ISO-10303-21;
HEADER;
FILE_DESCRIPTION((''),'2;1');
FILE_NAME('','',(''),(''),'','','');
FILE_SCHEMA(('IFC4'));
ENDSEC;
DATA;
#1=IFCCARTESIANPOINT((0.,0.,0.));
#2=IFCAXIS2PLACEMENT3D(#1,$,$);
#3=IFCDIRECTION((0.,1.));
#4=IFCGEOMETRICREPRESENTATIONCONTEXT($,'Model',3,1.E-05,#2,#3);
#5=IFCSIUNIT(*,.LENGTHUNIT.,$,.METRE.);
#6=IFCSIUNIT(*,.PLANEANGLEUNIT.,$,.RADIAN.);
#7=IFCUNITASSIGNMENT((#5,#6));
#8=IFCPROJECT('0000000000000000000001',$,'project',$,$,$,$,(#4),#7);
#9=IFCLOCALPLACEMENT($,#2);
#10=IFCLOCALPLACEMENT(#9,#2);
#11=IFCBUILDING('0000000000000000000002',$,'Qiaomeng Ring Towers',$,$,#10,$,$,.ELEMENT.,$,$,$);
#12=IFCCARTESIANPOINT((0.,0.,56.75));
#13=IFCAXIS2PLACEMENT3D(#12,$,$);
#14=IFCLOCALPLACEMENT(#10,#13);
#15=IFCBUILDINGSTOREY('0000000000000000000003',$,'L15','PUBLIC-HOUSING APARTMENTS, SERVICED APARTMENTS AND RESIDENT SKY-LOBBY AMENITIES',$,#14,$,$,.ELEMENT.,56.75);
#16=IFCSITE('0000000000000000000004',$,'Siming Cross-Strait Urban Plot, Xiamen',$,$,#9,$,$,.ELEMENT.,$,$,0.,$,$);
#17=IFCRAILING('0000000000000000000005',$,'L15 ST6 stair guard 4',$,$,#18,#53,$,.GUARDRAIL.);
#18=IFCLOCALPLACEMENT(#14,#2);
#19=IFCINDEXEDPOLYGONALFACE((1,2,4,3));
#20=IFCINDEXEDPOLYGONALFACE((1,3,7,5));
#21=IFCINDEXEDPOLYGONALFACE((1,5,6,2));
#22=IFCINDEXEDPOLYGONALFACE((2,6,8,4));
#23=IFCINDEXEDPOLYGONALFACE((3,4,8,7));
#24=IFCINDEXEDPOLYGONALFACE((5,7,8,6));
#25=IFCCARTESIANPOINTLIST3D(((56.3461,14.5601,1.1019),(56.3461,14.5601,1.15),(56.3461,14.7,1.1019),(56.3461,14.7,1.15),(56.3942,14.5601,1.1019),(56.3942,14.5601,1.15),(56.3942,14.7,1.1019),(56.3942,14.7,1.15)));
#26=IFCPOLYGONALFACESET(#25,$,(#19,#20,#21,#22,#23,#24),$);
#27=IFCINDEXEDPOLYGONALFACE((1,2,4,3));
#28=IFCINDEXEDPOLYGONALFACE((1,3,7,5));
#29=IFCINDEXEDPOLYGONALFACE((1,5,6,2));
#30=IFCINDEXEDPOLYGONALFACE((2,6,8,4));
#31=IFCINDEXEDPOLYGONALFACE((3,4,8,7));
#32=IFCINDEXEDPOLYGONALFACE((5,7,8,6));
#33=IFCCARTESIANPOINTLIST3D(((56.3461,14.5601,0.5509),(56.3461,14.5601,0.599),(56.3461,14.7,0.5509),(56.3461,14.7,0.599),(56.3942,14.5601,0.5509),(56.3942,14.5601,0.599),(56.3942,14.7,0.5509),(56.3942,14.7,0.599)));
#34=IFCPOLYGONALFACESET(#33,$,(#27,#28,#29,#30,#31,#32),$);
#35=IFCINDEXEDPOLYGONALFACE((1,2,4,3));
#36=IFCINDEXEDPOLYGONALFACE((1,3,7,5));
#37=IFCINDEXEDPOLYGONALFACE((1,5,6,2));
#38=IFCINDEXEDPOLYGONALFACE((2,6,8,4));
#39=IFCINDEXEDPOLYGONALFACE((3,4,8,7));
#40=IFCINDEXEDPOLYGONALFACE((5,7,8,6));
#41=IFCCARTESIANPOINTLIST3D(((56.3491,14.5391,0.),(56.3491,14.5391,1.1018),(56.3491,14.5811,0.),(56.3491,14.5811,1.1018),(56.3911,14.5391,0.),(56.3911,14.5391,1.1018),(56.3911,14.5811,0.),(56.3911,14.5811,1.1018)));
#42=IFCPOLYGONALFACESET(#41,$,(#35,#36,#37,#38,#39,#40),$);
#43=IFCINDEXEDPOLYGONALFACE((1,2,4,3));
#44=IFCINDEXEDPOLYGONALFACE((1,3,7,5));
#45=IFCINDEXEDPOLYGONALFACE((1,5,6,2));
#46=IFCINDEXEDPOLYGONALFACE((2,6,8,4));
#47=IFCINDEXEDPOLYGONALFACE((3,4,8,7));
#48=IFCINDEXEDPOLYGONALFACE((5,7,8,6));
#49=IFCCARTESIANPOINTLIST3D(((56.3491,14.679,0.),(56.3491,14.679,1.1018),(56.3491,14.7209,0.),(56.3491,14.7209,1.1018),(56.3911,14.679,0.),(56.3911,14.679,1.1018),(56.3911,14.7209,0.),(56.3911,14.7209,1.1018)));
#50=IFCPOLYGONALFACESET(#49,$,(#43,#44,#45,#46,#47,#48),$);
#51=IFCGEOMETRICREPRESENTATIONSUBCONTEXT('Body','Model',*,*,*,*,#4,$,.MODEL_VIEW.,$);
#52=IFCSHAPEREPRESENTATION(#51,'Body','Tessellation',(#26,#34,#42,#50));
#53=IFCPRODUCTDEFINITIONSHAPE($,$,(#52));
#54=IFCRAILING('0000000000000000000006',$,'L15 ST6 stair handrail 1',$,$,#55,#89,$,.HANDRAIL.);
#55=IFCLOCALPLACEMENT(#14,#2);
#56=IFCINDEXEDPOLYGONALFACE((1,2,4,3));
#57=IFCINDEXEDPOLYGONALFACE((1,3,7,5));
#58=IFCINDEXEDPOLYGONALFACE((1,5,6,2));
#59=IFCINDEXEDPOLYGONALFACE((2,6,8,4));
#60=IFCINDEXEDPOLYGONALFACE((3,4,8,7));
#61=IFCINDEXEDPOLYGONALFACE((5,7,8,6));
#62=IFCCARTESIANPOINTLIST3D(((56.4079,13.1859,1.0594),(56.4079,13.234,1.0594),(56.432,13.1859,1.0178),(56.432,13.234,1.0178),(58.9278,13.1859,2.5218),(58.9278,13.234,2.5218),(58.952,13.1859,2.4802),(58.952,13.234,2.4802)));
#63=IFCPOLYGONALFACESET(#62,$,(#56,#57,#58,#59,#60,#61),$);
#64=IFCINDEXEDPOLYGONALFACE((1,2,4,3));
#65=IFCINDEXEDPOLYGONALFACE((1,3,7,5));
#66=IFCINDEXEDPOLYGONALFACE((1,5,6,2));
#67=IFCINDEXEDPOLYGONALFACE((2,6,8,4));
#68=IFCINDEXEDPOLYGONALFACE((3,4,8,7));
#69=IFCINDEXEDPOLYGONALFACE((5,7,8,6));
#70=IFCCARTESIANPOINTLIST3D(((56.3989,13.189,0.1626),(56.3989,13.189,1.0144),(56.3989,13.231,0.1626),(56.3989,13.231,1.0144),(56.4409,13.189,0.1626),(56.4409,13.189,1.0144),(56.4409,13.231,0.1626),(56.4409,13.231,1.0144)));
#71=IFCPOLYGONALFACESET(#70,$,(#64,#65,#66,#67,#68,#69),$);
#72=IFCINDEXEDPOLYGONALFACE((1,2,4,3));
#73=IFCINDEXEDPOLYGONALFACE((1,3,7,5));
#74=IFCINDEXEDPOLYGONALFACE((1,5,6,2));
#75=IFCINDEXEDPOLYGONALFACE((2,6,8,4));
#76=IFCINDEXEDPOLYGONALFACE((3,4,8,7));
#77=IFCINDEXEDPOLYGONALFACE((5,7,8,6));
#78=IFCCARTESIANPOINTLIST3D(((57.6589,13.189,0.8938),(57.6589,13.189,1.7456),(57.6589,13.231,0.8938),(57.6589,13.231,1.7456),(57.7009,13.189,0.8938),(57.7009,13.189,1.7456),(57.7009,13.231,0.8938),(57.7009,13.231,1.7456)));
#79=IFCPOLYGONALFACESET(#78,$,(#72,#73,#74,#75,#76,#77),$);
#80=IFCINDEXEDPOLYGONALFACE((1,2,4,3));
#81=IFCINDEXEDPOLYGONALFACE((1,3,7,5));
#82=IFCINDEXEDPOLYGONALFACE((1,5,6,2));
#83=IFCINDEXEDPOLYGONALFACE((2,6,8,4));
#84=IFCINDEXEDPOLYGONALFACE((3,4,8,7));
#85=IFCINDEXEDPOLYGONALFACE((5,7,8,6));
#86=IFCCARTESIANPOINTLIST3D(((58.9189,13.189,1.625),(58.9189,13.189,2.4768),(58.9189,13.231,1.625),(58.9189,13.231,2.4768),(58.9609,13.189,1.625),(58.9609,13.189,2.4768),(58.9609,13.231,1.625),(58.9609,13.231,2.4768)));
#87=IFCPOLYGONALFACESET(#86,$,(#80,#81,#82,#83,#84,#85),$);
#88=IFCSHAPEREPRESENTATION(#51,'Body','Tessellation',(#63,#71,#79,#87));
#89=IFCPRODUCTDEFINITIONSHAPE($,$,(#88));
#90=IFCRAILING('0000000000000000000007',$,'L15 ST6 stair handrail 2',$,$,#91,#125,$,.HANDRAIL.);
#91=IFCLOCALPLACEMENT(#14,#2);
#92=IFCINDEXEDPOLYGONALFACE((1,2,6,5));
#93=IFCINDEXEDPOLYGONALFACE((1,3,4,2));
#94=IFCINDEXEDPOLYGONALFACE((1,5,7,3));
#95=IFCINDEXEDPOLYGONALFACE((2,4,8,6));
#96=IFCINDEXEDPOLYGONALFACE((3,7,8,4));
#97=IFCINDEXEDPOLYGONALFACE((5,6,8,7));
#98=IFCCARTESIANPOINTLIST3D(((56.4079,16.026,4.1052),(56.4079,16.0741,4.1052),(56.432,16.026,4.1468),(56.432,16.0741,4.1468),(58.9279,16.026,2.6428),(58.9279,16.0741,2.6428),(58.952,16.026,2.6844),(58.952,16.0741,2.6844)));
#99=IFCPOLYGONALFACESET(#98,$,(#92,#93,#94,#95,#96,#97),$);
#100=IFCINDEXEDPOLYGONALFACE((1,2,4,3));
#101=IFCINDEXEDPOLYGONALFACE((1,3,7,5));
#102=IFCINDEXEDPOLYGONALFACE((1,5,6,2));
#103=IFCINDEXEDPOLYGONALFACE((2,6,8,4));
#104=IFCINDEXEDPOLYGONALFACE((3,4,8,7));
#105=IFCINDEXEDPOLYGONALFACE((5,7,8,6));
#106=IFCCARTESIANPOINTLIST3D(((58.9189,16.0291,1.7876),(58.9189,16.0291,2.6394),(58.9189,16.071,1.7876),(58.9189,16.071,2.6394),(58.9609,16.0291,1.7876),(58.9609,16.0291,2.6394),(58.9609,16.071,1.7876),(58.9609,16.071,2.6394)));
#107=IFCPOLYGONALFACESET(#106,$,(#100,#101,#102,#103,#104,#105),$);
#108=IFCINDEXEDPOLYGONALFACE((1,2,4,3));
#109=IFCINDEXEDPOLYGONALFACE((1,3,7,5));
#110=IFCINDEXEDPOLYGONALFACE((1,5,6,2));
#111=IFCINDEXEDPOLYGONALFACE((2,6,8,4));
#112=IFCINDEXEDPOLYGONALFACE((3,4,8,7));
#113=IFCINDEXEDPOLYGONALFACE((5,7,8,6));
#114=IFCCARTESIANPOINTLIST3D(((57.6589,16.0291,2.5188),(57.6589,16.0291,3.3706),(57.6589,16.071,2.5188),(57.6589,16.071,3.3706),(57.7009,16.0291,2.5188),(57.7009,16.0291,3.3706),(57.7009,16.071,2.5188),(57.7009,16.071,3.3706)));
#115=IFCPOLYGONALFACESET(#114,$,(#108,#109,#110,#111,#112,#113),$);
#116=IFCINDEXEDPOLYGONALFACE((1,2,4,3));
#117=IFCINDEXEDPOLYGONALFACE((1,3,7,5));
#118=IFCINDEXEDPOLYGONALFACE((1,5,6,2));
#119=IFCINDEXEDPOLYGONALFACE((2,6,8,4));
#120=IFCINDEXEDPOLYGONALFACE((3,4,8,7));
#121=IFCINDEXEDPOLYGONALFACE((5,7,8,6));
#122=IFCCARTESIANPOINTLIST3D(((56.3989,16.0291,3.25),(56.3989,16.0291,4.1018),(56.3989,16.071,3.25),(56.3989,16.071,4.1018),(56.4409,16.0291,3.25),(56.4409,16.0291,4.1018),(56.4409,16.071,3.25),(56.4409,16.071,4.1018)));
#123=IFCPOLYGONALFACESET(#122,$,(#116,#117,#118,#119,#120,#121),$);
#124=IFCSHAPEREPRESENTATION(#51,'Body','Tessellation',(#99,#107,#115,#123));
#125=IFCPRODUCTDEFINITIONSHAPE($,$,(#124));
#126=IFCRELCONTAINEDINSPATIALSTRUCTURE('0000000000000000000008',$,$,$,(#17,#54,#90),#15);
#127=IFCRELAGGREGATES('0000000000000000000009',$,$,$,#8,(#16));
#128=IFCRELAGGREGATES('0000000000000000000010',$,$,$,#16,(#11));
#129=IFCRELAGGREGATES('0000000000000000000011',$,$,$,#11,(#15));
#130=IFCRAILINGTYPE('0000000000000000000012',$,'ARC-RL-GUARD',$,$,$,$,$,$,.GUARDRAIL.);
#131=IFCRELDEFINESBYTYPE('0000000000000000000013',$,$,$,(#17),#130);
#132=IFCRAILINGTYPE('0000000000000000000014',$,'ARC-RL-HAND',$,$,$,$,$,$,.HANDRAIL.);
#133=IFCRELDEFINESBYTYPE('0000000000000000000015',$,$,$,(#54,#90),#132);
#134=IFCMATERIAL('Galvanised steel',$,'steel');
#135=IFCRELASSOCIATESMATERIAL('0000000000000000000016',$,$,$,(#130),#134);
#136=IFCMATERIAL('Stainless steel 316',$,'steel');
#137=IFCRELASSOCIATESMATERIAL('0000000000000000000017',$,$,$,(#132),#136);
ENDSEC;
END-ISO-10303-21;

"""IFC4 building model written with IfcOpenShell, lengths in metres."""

from ifc_helpers import new_model, si_unit, direction, frame, origin, origin_2d, place, context, subcontext, project, spatial, rectangle, extrude, material, type_object, element, save


model = new_model("IFC4")

# Units and contexts
model_context = context("Model", 3, precision=1e-05, world=origin(), true_north=direction((0.0, 1.0)))
body_context = subcontext(model_context, "Body", "Model", "MODEL_VIEW")
ifc_project = project(units=[si_unit("LENGTHUNIT", "METRE"), si_unit("PLANEANGLEUNIT", "RADIAN")], contexts=[model_context])

# Site, building, storey
site_placement = place(None, origin())
site = spatial("IfcSite", under=ifc_project, at=site_placement, Name="Siming Cross-Strait Urban Plot, Xiamen", CompositionType="ELEMENT", RefElevation=0.0)
building_placement = place(site_placement, origin())
building = spatial("IfcBuilding", under=site, at=building_placement, Name="Qiaomeng Ring Towers", CompositionType="ELEMENT")
storey_placement = place(building_placement, frame((0.0, 0.0, 56.75)))
storey = spatial("IfcBuildingStorey", under=building, at=storey_placement, Name="L15", Description="PUBLIC-HOUSING APARTMENTS, SERVICED APARTMENTS AND RESIDENT SKY-LOBBY AMENITIES", CompositionType="ELEMENT", Elevation=56.75)

# Shared definitions
ifc_material_1 = material(Name="Galvanised steel", Category="steel")
ifc_material_2 = material(Name="Stainless steel 316", Category="steel")

# Railings
railing_type_1 = type_object("IfcRailingType", Name="ARC-RL-GUARD", PredefinedType="GUARDRAIL", material=ifc_material_1)
railing_1_placement = place(storey_placement, frame((56.3701, 14.5601, 0.0)))
element("IfcRailing", 1, at=railing_1_placement, inside=storey, type_object=railing_type_1, Name="L15 ST6 stair guard 4", PredefinedType="GUARDRAIL", context=body_context, shape_type="SweptSolid", body=[
    extrude(rectangle(XDim=0.0481, YDim=0.0481, at=origin_2d()), frame((0.0, 0.0, 1.126), z_axis=(0.0, 1.0, 0.0), x_axis=(-1.0, 0.0, 0.0)), (0.0, 0.0, 1.0), 0.1399),
    extrude(rectangle(XDim=0.0481, YDim=0.0481, at=origin_2d()), frame((0.0, 0.0, 0.575), z_axis=(0.0, 1.0, 0.0), x_axis=(-1.0, 0.0, 0.0)), (0.0, 0.0, 1.0), 0.1399),
    extrude(rectangle(XDim=0.042, YDim=0.042, at=origin_2d()), origin(), (0.0, 0.0, 1.0), 1.1018),
    extrude(rectangle(XDim=0.042, YDim=0.042, at=origin_2d()), frame((0.0, 0.1399, 0.0)), (0.0, 0.0, 1.0), 1.1018),
])
railing_type_2 = type_object("IfcRailingType", Name="ARC-RL-HAND", PredefinedType="HANDRAIL", material=ifc_material_2)
railing_2_placement = place(storey_placement, frame((56.4199, 13.21, 0.1626)))
element("IfcRailing", 2, at=railing_2_placement, inside=storey, type_object=railing_type_2, Name="L15 ST6 stair handrail 1", PredefinedType="HANDRAIL", context=body_context, shape_type="SweptSolid", body=[
    extrude(rectangle(XDim=0.0481, YDim=0.0481, at=origin_2d()), frame((0.0, 0.0, 0.876), z_axis=(0.864913, 0.0, 0.501921), x_axis=(0.0, 1.0, 0.0)), (0.0, 0.0, 1.0), 2.9136),
    extrude(rectangle(XDim=0.042, YDim=0.042, at=origin_2d()), origin(), (0.0, 0.0, 1.0), 0.8518),
    extrude(rectangle(XDim=0.042, YDim=0.042, at=origin_2d()), frame((1.26, 0.0, 0.7312)), (0.0, 0.0, 1.0), 0.8518),
    extrude(rectangle(XDim=0.042, YDim=0.042, at=origin_2d()), frame((2.52, 0.0, 1.4624)), (0.0, 0.0, 1.0), 0.8518),
])
railing_3_placement = place(storey_placement, frame((58.9399, 16.05, 1.7876)))
element("IfcRailing", 3, at=railing_3_placement, inside=storey, type_object=railing_type_2, Name="L15 ST6 stair handrail 2", PredefinedType="HANDRAIL", context=body_context, shape_type="SweptSolid", body=[
    extrude(rectangle(XDim=0.0481, YDim=0.0481, at=origin_2d()), frame((0.0, 0.0, 0.876), z_axis=(-0.864913, 0.0, 0.501921), x_axis=(0.0, -1.0, 0.0)), (0.0, 0.0, 1.0), 2.9136),
    extrude(rectangle(XDim=0.042, YDim=0.042, at=origin_2d()), origin(), (0.0, 0.0, 1.0), 0.8518),
    extrude(rectangle(XDim=0.042, YDim=0.042, at=origin_2d()), frame((-1.26, 0.0, 0.7312)), (0.0, 0.0, 1.0), 0.8518),
    extrude(rectangle(XDim=0.042, YDim=0.042, at=origin_2d()), frame((-2.52, 0.0, 1.4624)), (0.0, 0.0, 1.0), 0.8518),
])

save(model, "model.ifc")
